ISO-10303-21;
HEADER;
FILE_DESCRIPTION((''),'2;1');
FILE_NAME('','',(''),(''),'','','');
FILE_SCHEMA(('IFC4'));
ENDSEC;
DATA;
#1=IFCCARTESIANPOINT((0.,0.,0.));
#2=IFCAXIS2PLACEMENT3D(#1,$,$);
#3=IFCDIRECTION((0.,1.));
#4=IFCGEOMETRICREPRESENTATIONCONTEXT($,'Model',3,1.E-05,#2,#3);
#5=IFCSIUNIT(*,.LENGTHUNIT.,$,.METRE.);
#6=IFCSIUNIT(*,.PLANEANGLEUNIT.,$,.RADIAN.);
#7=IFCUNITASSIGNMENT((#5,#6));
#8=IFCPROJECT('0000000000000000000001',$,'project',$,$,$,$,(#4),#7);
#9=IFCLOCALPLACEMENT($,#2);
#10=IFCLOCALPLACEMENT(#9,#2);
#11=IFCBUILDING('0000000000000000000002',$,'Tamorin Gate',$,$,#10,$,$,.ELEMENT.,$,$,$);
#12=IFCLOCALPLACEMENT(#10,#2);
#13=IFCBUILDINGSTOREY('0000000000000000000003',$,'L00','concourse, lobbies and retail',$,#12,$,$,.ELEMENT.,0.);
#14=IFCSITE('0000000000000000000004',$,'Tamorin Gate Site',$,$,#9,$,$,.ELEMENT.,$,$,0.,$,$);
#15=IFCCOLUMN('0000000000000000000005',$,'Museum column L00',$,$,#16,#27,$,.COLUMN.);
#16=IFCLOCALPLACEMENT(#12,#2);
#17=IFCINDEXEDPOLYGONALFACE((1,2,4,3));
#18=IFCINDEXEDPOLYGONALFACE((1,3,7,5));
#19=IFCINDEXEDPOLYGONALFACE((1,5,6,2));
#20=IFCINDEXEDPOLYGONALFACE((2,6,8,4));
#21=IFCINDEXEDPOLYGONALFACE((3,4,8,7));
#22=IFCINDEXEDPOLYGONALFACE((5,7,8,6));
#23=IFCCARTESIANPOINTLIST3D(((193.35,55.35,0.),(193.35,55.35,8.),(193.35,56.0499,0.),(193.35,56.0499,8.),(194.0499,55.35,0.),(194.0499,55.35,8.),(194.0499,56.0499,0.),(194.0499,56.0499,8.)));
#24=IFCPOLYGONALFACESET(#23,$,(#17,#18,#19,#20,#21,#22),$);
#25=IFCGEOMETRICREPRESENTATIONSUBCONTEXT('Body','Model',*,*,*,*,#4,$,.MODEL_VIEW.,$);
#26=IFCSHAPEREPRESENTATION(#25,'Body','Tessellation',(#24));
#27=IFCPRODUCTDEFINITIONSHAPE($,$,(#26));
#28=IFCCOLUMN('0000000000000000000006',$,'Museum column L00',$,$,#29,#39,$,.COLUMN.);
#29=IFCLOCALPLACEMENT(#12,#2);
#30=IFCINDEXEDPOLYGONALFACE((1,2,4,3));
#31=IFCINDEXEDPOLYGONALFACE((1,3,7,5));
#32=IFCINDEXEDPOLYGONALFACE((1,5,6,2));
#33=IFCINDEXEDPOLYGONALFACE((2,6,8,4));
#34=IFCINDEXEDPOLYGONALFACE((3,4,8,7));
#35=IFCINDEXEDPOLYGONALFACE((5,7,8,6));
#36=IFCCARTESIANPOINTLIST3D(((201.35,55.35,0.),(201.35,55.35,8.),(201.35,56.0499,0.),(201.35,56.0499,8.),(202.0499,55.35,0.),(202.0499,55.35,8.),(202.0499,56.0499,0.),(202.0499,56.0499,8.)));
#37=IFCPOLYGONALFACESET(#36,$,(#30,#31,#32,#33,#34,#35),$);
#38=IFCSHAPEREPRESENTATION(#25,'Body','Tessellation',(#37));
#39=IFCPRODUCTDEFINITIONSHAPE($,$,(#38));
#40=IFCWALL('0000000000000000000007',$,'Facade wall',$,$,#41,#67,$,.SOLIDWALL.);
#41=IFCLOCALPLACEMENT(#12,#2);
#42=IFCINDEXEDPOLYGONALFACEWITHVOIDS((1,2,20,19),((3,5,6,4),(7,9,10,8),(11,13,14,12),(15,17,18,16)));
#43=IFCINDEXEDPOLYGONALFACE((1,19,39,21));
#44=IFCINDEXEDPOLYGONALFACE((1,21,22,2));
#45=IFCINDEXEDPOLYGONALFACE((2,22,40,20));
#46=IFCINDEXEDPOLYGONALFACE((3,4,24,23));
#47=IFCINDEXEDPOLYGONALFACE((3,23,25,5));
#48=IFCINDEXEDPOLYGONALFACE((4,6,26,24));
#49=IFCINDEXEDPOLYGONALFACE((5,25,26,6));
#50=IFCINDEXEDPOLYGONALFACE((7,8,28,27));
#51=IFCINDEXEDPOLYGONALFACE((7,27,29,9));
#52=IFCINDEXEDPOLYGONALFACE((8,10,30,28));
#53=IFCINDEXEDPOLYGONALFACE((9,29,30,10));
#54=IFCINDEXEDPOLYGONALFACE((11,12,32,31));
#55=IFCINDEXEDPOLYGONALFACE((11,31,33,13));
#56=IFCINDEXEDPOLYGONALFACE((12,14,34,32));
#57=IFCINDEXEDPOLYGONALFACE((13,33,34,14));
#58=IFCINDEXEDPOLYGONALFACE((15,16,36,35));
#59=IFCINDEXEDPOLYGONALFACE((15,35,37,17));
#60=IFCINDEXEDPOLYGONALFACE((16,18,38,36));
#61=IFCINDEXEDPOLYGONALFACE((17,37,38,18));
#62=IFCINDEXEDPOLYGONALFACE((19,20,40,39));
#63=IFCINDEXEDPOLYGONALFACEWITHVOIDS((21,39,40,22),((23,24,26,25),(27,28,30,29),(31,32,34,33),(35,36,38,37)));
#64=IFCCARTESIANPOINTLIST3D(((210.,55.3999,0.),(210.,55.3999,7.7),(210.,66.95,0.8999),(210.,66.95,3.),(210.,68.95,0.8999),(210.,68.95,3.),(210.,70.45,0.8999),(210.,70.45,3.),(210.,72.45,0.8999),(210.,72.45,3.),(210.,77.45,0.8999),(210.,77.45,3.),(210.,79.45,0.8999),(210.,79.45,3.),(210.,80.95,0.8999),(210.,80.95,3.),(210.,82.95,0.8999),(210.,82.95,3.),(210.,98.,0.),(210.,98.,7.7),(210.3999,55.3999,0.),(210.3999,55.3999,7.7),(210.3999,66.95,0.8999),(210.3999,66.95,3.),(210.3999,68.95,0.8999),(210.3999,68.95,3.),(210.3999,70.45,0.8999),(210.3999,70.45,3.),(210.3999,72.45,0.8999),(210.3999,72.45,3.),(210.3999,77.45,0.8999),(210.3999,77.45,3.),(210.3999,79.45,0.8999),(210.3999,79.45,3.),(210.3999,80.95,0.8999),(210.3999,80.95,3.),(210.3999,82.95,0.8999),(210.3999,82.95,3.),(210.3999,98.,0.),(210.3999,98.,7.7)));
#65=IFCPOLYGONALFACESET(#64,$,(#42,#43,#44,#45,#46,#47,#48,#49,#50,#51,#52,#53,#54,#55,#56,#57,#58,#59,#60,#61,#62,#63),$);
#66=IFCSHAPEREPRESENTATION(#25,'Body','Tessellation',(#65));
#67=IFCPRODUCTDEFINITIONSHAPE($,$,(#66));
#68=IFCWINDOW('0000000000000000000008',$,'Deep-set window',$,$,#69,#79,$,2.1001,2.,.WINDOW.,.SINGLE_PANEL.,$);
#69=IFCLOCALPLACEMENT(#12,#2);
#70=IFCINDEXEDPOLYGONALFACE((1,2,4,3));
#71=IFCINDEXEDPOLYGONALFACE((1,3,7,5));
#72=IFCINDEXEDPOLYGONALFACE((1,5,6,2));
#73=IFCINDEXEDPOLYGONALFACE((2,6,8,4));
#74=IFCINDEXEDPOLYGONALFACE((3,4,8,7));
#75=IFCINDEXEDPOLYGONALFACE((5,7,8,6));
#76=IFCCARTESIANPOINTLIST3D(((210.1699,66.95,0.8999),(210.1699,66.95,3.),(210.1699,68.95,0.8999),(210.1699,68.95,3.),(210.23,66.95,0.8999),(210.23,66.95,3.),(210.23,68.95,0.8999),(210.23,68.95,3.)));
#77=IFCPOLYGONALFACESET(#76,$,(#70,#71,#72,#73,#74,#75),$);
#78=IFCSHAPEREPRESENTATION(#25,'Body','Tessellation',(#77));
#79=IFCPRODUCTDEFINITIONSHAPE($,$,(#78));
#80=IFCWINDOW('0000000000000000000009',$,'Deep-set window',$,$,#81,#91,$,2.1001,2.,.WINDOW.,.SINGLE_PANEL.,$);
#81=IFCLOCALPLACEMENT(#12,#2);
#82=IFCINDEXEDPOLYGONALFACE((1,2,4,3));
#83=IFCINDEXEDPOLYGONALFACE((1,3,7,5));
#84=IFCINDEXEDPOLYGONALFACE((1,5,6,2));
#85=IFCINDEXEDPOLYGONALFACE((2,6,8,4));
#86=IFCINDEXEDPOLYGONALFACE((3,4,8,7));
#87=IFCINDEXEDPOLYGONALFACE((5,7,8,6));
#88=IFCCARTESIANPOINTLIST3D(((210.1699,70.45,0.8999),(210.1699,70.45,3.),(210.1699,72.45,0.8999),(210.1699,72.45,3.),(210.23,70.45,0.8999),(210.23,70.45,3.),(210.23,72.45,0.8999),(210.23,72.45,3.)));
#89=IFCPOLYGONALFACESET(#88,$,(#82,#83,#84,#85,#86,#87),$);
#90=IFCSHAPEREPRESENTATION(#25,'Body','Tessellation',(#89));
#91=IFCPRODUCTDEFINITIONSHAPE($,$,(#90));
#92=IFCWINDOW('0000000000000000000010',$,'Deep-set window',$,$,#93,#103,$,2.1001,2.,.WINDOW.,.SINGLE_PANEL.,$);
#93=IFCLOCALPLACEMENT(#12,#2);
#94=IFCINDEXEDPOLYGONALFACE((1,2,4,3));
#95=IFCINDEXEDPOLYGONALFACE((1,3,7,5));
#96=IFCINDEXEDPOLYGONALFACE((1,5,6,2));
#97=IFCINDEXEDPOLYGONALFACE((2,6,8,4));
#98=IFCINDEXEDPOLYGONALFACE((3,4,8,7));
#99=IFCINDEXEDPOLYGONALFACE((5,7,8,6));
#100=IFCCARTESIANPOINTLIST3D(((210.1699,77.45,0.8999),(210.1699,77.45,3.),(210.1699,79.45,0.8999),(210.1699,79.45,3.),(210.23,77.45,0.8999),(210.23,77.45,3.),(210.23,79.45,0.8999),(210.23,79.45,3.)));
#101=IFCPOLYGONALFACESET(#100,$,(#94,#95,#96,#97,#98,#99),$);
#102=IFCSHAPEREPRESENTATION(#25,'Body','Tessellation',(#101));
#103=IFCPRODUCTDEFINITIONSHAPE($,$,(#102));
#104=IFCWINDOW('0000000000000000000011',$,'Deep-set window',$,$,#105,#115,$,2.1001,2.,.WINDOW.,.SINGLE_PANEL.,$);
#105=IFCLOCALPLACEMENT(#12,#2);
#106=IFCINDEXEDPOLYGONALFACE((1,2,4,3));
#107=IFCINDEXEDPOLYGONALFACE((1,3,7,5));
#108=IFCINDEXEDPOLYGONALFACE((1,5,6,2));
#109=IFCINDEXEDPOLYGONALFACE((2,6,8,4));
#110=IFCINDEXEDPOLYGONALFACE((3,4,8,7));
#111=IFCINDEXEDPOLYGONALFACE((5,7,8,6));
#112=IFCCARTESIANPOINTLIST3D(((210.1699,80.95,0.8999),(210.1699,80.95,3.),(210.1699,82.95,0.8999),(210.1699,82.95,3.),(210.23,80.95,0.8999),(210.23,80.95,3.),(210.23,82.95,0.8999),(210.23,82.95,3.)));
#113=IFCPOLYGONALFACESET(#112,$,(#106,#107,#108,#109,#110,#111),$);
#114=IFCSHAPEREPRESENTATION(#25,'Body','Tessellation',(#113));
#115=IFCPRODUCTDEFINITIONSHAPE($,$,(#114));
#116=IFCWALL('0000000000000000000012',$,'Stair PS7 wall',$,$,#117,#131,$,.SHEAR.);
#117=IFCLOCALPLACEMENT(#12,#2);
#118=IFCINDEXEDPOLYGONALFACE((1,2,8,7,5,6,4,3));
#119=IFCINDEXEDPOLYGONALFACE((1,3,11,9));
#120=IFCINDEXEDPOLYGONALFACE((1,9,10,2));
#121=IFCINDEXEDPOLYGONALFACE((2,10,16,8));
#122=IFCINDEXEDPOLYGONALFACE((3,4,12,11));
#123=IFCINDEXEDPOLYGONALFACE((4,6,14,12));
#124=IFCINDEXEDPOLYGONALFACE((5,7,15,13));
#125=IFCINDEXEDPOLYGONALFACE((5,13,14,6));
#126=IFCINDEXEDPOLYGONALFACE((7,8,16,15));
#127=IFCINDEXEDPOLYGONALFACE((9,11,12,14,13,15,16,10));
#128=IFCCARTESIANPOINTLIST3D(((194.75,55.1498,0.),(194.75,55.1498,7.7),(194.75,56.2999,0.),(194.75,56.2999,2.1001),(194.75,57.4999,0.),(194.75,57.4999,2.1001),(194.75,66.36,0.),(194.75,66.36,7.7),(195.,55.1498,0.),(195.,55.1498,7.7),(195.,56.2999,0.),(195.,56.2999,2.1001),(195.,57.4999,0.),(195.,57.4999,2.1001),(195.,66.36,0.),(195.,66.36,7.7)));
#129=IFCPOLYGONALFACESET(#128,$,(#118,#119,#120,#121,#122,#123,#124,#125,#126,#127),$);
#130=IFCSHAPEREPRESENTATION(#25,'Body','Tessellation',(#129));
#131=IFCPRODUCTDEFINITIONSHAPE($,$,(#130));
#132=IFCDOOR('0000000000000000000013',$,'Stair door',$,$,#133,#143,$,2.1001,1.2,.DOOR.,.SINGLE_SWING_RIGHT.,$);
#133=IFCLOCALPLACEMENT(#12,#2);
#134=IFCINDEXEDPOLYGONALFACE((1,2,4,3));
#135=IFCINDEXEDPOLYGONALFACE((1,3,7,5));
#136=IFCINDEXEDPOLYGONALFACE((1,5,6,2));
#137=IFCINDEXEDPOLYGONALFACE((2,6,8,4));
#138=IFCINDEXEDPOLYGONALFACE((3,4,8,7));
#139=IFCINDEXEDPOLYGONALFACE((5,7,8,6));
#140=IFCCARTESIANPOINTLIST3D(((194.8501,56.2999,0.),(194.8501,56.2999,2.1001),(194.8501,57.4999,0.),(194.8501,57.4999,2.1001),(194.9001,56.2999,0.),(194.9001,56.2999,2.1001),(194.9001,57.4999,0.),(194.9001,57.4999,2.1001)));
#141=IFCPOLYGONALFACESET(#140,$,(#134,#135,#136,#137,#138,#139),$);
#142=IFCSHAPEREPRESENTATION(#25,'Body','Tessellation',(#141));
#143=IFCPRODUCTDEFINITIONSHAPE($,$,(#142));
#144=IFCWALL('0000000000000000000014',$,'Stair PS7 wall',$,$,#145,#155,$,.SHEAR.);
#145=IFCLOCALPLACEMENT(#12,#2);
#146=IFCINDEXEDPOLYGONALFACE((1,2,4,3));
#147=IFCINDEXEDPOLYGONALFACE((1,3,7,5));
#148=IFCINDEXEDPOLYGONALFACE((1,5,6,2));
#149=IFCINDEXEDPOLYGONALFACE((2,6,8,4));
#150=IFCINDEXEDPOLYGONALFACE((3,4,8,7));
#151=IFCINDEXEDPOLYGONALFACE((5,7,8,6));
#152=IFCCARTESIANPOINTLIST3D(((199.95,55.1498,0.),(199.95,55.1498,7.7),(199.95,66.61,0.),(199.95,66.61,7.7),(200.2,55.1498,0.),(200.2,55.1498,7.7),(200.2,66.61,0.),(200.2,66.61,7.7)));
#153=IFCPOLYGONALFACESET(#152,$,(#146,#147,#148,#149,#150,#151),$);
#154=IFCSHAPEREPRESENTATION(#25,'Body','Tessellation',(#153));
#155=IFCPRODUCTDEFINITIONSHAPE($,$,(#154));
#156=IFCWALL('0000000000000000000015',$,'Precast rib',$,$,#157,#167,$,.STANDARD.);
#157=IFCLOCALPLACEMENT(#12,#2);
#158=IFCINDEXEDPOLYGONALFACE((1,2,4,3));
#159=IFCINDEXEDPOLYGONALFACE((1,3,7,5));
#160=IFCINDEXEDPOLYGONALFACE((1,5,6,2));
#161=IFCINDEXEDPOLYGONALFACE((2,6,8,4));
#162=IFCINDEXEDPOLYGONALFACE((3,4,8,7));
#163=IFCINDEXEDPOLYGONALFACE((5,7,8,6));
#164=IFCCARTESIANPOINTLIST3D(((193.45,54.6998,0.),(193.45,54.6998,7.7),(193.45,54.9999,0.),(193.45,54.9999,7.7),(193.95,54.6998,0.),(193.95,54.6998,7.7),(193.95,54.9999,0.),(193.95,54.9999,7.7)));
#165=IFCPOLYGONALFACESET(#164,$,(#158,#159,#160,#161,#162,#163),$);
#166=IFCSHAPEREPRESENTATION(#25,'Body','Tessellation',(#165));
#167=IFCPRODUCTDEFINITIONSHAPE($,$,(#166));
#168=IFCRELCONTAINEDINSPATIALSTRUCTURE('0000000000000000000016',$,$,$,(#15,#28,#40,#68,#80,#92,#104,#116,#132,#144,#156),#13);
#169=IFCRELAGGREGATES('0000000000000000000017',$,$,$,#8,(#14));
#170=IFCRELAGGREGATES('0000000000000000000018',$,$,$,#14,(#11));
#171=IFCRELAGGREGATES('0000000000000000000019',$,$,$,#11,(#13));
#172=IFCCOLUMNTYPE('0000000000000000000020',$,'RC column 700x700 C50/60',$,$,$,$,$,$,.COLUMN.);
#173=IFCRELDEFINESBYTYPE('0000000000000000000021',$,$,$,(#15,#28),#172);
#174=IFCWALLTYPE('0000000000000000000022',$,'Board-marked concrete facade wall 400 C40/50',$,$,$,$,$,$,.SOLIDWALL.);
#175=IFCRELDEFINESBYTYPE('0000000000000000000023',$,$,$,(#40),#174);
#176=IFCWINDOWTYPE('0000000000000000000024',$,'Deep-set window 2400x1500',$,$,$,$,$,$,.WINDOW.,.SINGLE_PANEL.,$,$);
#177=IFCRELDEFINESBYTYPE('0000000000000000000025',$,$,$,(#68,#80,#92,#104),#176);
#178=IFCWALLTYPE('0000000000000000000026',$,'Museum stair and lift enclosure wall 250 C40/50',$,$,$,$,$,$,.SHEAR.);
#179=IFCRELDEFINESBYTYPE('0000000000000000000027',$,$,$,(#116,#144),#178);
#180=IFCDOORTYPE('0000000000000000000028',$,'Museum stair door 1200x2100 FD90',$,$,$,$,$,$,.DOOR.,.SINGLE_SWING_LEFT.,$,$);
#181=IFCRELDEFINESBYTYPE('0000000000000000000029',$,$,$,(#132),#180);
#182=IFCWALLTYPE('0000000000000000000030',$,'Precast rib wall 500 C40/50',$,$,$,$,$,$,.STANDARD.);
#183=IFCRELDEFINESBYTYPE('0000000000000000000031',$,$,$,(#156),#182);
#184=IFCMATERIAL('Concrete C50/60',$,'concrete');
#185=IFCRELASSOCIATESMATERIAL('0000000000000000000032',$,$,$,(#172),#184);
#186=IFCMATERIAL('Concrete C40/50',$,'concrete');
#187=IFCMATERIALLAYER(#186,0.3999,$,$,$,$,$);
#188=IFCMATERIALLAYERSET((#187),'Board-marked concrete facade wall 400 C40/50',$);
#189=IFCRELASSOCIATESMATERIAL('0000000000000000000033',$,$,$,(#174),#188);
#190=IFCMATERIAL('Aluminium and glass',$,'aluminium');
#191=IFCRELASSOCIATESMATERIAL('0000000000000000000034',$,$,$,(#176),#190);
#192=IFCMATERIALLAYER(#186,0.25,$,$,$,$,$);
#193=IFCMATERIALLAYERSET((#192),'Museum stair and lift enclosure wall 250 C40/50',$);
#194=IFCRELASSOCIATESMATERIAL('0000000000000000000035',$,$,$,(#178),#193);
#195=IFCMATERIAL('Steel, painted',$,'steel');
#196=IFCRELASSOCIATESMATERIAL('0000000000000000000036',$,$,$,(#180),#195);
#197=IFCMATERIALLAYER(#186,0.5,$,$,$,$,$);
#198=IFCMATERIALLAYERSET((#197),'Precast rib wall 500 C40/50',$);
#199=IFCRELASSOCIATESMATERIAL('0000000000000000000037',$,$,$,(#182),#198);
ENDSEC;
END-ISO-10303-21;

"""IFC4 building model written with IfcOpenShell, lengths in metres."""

from ifc_helpers import new_model, si_unit, direction, frame, frame_2d, origin, origin_2d, place, context, subcontext, project, spatial, rectangle, extrude, material, layer, layer_set, material_profile, profile_set, type_object, element, fill, save


model = new_model("IFC4")

# Units and contexts
model_context = context("Model", 3, precision=1e-05, world=origin(), true_north=direction((0.0, 1.0)))
body_context = subcontext(model_context, "Body", "Model", "MODEL_VIEW")
ifc_project = project(units=[si_unit("LENGTHUNIT", "METRE"), si_unit("PLANEANGLEUNIT", "RADIAN")], contexts=[model_context])

# Site, building, storey
site_placement = place(None, origin())
site = spatial("IfcSite", under=ifc_project, at=site_placement, Name="Tamorin Gate Site", CompositionType="ELEMENT", RefElevation=0.0)
building_placement = place(site_placement, origin())
building = spatial("IfcBuilding", under=site, at=building_placement, Name="Tamorin Gate", CompositionType="ELEMENT")
storey_placement = place(building_placement, origin())
storey = spatial("IfcBuildingStorey", under=building, at=storey_placement, Name="L00", Description="concourse, lobbies and retail", CompositionType="ELEMENT", Elevation=0.0)

# Columns
ifc_material_1 = material(Name="Concrete C50/60", Category="concrete")
ifc_material_profile = material_profile(ifc_material_1, rectangle(XDim=0.7, YDim=0.7, at=origin_2d()), Name="RC 700x700")
ifc_profile_set = profile_set([ifc_material_profile], Name="Concrete C50/60")
column_type = type_object("IfcColumnType", Name="RC column 700x700 C50/60", PredefinedType="COLUMN", material=ifc_profile_set)
for number, where, z_axis, x_axis, name in (
    (1, (193.7, 55.7, 0.0), (0.0, 0.0, 1.0), (1.0, 0.0, 0.0), "Museum column L00"),
    (2, (201.7, 55.7, 0.0), (0.0, 0.0, 1.0), (1.0, 0.0, 0.0), "Museum column L00"),
):
    element("IfcColumn", number, at=place(storey_placement, frame(where, z_axis=z_axis, x_axis=x_axis)), inside=storey, type_object=column_type, Name=name, PredefinedType="COLUMN", context=body_context, shape_type="SweptSolid", body=[
        extrude(rectangle(XDim=0.7, YDim=0.7, at=origin_2d()), origin(), (0.0, 0.0, 1.0), 8.0),
    ])

# Wall, openings, windows
ifc_material_2 = material(Name="Concrete C40/50", Category="concrete")
ifc_layer_1 = layer(ifc_material_2, 0.3999)
ifc_layer_set_1 = layer_set([ifc_layer_1], Name="Board-marked concrete facade wall 400 C40/50")
wall_type_1 = type_object("IfcWallType", Name="Board-marked concrete facade wall 400 C40/50", PredefinedType="SOLIDWALL", material=ifc_layer_set_1)
wall_1_placement = place(storey_placement, frame((210.2, 55.3999, 0.0), z_axis=(0.0, 0.0, 1.0), x_axis=(0.0, 1.0, 0.0)))
wall_1 = element("IfcWall", 3, at=wall_1_placement, inside=storey, type_object=wall_type_1, Name="Facade wall", PredefinedType="SOLIDWALL", context=body_context, shape_type="SweptSolid", body=[
    extrude(rectangle(XDim=42.6001, YDim=0.3999, at=frame_2d((21.3, 0.0))), origin(), (0.0, 0.0, 1.0), 7.7),
])
opening_1_placement = place(wall_1_placement, frame((11.55, 0.0, 0.8999)))
opening_1 = element("IfcOpeningElement", 4, at=opening_1_placement, cuts=wall_1, PredefinedType="OPENING", context=body_context, shape_type="SweptSolid", body=[
    extrude(rectangle(XDim=2.0, YDim=2.1001, at=frame_2d((1.0, 1.05))), frame((0.0, 0.21, 0.0), z_axis=(0.0, -1.0, 0.0), x_axis=(1.0, 0.0, 0.0)), (0.0, 0.0, 1.0), 0.4199),
])
opening_2_placement = place(wall_1_placement, frame((15.05, 0.0, 0.8999)))
opening_2 = element("IfcOpeningElement", 5, at=opening_2_placement, cuts=wall_1, PredefinedType="OPENING", context=body_context, shape_type="SweptSolid", body=[
    extrude(rectangle(XDim=2.0, YDim=2.1001, at=frame_2d((1.0, 1.05))), frame((0.0, 0.21, 0.0), z_axis=(0.0, -1.0, 0.0), x_axis=(1.0, 0.0, 0.0)), (0.0, 0.0, 1.0), 0.4199),
])
opening_3_placement = place(wall_1_placement, frame((22.05, 0.0, 0.8999)))
opening_3 = element("IfcOpeningElement", 6, at=opening_3_placement, cuts=wall_1, PredefinedType="OPENING", context=body_context, shape_type="SweptSolid", body=[
    extrude(rectangle(XDim=2.0, YDim=2.1001, at=frame_2d((1.0, 1.05))), frame((0.0, 0.21, 0.0), z_axis=(0.0, -1.0, 0.0), x_axis=(1.0, 0.0, 0.0)), (0.0, 0.0, 1.0), 0.4199),
])
opening_4_placement = place(wall_1_placement, frame((25.55, 0.0, 0.8999)))
opening_4 = element("IfcOpeningElement", 7, at=opening_4_placement, cuts=wall_1, PredefinedType="OPENING", context=body_context, shape_type="SweptSolid", body=[
    extrude(rectangle(XDim=2.0, YDim=2.1001, at=frame_2d((1.0, 1.05))), frame((0.0, 0.21, 0.0), z_axis=(0.0, -1.0, 0.0), x_axis=(1.0, 0.0, 0.0)), (0.0, 0.0, 1.0), 0.4199),
])
ifc_material_3 = material(Name="Aluminium and glass", Category="aluminium")
window_type = type_object("IfcWindowType", Name="Deep-set window 2400x1500", PartitioningType="SINGLE_PANEL", PredefinedType="WINDOW", material=ifc_material_3)
window_1_placement = place(opening_1_placement, origin())
window_1 = element("IfcWindow", 8, at=window_1_placement, inside=storey, type_object=window_type, Name="Deep-set window", OverallHeight=2.1001, OverallWidth=2.0, PartitioningType="SINGLE_PANEL", PredefinedType="WINDOW", context=body_context, shape_type="SweptSolid", body=[
    extrude(rectangle(XDim=2.0, YDim=2.1001, at=frame_2d((1.0, 1.05))), frame((0.0, 0.03, 0.0), z_axis=(0.0, -1.0, 0.0), x_axis=(1.0, 0.0, 0.0)), (0.0, 0.0, 1.0), 0.0601),
])
fill(opening_1, window_1)
window_2_placement = place(opening_2_placement, origin())
window_2 = element("IfcWindow", 9, at=window_2_placement, inside=storey, type_object=window_type, Name="Deep-set window", OverallHeight=2.1001, OverallWidth=2.0, PartitioningType="SINGLE_PANEL", PredefinedType="WINDOW", context=body_context, shape_type="SweptSolid", body=[
    extrude(rectangle(XDim=2.0, YDim=2.1001, at=frame_2d((1.0, 1.05))), frame((0.0, 0.03, 0.0), z_axis=(0.0, -1.0, 0.0), x_axis=(1.0, 0.0, 0.0)), (0.0, 0.0, 1.0), 0.0601),
])
fill(opening_2, window_2)
window_3_placement = place(opening_3_placement, origin())
window_3 = element("IfcWindow", 10, at=window_3_placement, inside=storey, type_object=window_type, Name="Deep-set window", OverallHeight=2.1001, OverallWidth=2.0, PartitioningType="SINGLE_PANEL", PredefinedType="WINDOW", context=body_context, shape_type="SweptSolid", body=[
    extrude(rectangle(XDim=2.0, YDim=2.1001, at=frame_2d((1.0, 1.05))), frame((0.0, 0.03, 0.0), z_axis=(0.0, -1.0, 0.0), x_axis=(1.0, 0.0, 0.0)), (0.0, 0.0, 1.0), 0.0601),
])
fill(opening_3, window_3)
window_4_placement = place(opening_4_placement, origin())
window_4 = element("IfcWindow", 11, at=window_4_placement, inside=storey, type_object=window_type, Name="Deep-set window", OverallHeight=2.1001, OverallWidth=2.0, PartitioningType="SINGLE_PANEL", PredefinedType="WINDOW", context=body_context, shape_type="SweptSolid", body=[
    extrude(rectangle(XDim=2.0, YDim=2.1001, at=frame_2d((1.0, 1.05))), frame((0.0, 0.03, 0.0), z_axis=(0.0, -1.0, 0.0), x_axis=(1.0, 0.0, 0.0)), (0.0, 0.0, 1.0), 0.0601),
])
fill(opening_4, window_4)

# Wall, opening, door
ifc_layer_2 = layer(ifc_material_2, 0.25)
ifc_layer_set_2 = layer_set([ifc_layer_2], Name="Museum stair and lift enclosure wall 250 C40/50")
wall_type_2 = type_object("IfcWallType", Name="Museum stair and lift enclosure wall 250 C40/50", PredefinedType="SHEAR", material=ifc_layer_set_2)
wall_2_placement = place(storey_placement, frame((194.875, 55.1499, 0.0), z_axis=(0.0, 0.0, 1.0), x_axis=(0.0, 1.0, 0.0)))
wall_2 = element("IfcWall", 12, at=wall_2_placement, inside=storey, type_object=wall_type_2, Name="Stair PS7 wall", PredefinedType="SHEAR", context=body_context, shape_type="SweptSolid", body=[
    extrude(rectangle(XDim=11.2102, YDim=0.25, at=frame_2d((5.605, 0.0))), origin(), (0.0, 0.0, 1.0), 7.7),
])
opening_5_placement = place(wall_2_placement, frame((1.1499, 0.0, 0.0)))
opening_5 = element("IfcOpeningElement", 13, at=opening_5_placement, cuts=wall_2, PredefinedType="OPENING", context=body_context, shape_type="SweptSolid", body=[
    extrude(rectangle(XDim=1.2, YDim=2.1001, at=frame_2d((0.6001, 1.05))), frame((0.0, 0.135, 0.0), z_axis=(0.0, -1.0, 0.0), x_axis=(1.0, 0.0, 0.0)), (0.0, 0.0, 1.0), 0.27),
])
ifc_material_4 = material(Name="Steel, painted", Category="steel")
door_type_1 = type_object("IfcDoorType", Name="Museum stair door 1200x2100 FD90", OperationType="SINGLE_SWING_LEFT", PredefinedType="DOOR", material=ifc_material_4)
door_1_placement = place(opening_5_placement, origin())
door_1 = element("IfcDoor", 14, at=door_1_placement, inside=storey, type_object=door_type_1, Name="Stair door", OperationType="SINGLE_SWING_RIGHT", OverallHeight=2.1001, OverallWidth=1.2, PredefinedType="DOOR", context=body_context, shape_type="SweptSolid", body=[
    extrude(rectangle(XDim=1.2, YDim=2.1001, at=frame_2d((0.6001, 1.05))), frame((0.0, 0.0249, 0.0), z_axis=(0.0, -1.0, 0.0), x_axis=(1.0, 0.0, 0.0)), (0.0, 0.0, 1.0), 0.05),
])
fill(opening_5, door_1)

# Walls
wall_3_placement = place(storey_placement, frame((200.075, 55.1499, 0.0), z_axis=(0.0, 0.0, 1.0), x_axis=(0.0, 1.0, 0.0)))
element("IfcWall", 15, at=wall_3_placement, inside=storey, type_object=wall_type_2, Name="Stair PS7 wall", PredefinedType="SHEAR", context=body_context, shape_type="SweptSolid", body=[
    extrude(rectangle(XDim=11.4602, YDim=0.25, at=frame_2d((5.73, 0.0))), origin(), (0.0, 0.0, 1.0), 7.7),
])
ifc_layer_3 = layer(ifc_material_2, 0.5)
ifc_layer_set_3 = layer_set([ifc_layer_3], Name="Precast rib wall 500 C40/50")
wall_type_3 = type_object("IfcWallType", Name="Precast rib wall 500 C40/50", PredefinedType="STANDARD", material=ifc_layer_set_3)
for number, where, z_axis, x_axis, name in (
    (16, (193.7, 54.7, 0.0), (0.0, 0.0, 1.0), (0.0, 1.0, 0.0), "Precast rib"),
):
    element("IfcWall", number, at=place(storey_placement, frame(where, z_axis=z_axis, x_axis=x_axis)), inside=storey, type_object=wall_type_3, Name=name, PredefinedType="STANDARD", context=body_context, shape_type="SweptSolid", body=[
        extrude(rectangle(XDim=0.3, YDim=0.5, at=frame_2d((0.1499, 0.0))), origin(), (0.0, 0.0, 1.0), 7.7),
    ])

save(model, "model.ifc")
